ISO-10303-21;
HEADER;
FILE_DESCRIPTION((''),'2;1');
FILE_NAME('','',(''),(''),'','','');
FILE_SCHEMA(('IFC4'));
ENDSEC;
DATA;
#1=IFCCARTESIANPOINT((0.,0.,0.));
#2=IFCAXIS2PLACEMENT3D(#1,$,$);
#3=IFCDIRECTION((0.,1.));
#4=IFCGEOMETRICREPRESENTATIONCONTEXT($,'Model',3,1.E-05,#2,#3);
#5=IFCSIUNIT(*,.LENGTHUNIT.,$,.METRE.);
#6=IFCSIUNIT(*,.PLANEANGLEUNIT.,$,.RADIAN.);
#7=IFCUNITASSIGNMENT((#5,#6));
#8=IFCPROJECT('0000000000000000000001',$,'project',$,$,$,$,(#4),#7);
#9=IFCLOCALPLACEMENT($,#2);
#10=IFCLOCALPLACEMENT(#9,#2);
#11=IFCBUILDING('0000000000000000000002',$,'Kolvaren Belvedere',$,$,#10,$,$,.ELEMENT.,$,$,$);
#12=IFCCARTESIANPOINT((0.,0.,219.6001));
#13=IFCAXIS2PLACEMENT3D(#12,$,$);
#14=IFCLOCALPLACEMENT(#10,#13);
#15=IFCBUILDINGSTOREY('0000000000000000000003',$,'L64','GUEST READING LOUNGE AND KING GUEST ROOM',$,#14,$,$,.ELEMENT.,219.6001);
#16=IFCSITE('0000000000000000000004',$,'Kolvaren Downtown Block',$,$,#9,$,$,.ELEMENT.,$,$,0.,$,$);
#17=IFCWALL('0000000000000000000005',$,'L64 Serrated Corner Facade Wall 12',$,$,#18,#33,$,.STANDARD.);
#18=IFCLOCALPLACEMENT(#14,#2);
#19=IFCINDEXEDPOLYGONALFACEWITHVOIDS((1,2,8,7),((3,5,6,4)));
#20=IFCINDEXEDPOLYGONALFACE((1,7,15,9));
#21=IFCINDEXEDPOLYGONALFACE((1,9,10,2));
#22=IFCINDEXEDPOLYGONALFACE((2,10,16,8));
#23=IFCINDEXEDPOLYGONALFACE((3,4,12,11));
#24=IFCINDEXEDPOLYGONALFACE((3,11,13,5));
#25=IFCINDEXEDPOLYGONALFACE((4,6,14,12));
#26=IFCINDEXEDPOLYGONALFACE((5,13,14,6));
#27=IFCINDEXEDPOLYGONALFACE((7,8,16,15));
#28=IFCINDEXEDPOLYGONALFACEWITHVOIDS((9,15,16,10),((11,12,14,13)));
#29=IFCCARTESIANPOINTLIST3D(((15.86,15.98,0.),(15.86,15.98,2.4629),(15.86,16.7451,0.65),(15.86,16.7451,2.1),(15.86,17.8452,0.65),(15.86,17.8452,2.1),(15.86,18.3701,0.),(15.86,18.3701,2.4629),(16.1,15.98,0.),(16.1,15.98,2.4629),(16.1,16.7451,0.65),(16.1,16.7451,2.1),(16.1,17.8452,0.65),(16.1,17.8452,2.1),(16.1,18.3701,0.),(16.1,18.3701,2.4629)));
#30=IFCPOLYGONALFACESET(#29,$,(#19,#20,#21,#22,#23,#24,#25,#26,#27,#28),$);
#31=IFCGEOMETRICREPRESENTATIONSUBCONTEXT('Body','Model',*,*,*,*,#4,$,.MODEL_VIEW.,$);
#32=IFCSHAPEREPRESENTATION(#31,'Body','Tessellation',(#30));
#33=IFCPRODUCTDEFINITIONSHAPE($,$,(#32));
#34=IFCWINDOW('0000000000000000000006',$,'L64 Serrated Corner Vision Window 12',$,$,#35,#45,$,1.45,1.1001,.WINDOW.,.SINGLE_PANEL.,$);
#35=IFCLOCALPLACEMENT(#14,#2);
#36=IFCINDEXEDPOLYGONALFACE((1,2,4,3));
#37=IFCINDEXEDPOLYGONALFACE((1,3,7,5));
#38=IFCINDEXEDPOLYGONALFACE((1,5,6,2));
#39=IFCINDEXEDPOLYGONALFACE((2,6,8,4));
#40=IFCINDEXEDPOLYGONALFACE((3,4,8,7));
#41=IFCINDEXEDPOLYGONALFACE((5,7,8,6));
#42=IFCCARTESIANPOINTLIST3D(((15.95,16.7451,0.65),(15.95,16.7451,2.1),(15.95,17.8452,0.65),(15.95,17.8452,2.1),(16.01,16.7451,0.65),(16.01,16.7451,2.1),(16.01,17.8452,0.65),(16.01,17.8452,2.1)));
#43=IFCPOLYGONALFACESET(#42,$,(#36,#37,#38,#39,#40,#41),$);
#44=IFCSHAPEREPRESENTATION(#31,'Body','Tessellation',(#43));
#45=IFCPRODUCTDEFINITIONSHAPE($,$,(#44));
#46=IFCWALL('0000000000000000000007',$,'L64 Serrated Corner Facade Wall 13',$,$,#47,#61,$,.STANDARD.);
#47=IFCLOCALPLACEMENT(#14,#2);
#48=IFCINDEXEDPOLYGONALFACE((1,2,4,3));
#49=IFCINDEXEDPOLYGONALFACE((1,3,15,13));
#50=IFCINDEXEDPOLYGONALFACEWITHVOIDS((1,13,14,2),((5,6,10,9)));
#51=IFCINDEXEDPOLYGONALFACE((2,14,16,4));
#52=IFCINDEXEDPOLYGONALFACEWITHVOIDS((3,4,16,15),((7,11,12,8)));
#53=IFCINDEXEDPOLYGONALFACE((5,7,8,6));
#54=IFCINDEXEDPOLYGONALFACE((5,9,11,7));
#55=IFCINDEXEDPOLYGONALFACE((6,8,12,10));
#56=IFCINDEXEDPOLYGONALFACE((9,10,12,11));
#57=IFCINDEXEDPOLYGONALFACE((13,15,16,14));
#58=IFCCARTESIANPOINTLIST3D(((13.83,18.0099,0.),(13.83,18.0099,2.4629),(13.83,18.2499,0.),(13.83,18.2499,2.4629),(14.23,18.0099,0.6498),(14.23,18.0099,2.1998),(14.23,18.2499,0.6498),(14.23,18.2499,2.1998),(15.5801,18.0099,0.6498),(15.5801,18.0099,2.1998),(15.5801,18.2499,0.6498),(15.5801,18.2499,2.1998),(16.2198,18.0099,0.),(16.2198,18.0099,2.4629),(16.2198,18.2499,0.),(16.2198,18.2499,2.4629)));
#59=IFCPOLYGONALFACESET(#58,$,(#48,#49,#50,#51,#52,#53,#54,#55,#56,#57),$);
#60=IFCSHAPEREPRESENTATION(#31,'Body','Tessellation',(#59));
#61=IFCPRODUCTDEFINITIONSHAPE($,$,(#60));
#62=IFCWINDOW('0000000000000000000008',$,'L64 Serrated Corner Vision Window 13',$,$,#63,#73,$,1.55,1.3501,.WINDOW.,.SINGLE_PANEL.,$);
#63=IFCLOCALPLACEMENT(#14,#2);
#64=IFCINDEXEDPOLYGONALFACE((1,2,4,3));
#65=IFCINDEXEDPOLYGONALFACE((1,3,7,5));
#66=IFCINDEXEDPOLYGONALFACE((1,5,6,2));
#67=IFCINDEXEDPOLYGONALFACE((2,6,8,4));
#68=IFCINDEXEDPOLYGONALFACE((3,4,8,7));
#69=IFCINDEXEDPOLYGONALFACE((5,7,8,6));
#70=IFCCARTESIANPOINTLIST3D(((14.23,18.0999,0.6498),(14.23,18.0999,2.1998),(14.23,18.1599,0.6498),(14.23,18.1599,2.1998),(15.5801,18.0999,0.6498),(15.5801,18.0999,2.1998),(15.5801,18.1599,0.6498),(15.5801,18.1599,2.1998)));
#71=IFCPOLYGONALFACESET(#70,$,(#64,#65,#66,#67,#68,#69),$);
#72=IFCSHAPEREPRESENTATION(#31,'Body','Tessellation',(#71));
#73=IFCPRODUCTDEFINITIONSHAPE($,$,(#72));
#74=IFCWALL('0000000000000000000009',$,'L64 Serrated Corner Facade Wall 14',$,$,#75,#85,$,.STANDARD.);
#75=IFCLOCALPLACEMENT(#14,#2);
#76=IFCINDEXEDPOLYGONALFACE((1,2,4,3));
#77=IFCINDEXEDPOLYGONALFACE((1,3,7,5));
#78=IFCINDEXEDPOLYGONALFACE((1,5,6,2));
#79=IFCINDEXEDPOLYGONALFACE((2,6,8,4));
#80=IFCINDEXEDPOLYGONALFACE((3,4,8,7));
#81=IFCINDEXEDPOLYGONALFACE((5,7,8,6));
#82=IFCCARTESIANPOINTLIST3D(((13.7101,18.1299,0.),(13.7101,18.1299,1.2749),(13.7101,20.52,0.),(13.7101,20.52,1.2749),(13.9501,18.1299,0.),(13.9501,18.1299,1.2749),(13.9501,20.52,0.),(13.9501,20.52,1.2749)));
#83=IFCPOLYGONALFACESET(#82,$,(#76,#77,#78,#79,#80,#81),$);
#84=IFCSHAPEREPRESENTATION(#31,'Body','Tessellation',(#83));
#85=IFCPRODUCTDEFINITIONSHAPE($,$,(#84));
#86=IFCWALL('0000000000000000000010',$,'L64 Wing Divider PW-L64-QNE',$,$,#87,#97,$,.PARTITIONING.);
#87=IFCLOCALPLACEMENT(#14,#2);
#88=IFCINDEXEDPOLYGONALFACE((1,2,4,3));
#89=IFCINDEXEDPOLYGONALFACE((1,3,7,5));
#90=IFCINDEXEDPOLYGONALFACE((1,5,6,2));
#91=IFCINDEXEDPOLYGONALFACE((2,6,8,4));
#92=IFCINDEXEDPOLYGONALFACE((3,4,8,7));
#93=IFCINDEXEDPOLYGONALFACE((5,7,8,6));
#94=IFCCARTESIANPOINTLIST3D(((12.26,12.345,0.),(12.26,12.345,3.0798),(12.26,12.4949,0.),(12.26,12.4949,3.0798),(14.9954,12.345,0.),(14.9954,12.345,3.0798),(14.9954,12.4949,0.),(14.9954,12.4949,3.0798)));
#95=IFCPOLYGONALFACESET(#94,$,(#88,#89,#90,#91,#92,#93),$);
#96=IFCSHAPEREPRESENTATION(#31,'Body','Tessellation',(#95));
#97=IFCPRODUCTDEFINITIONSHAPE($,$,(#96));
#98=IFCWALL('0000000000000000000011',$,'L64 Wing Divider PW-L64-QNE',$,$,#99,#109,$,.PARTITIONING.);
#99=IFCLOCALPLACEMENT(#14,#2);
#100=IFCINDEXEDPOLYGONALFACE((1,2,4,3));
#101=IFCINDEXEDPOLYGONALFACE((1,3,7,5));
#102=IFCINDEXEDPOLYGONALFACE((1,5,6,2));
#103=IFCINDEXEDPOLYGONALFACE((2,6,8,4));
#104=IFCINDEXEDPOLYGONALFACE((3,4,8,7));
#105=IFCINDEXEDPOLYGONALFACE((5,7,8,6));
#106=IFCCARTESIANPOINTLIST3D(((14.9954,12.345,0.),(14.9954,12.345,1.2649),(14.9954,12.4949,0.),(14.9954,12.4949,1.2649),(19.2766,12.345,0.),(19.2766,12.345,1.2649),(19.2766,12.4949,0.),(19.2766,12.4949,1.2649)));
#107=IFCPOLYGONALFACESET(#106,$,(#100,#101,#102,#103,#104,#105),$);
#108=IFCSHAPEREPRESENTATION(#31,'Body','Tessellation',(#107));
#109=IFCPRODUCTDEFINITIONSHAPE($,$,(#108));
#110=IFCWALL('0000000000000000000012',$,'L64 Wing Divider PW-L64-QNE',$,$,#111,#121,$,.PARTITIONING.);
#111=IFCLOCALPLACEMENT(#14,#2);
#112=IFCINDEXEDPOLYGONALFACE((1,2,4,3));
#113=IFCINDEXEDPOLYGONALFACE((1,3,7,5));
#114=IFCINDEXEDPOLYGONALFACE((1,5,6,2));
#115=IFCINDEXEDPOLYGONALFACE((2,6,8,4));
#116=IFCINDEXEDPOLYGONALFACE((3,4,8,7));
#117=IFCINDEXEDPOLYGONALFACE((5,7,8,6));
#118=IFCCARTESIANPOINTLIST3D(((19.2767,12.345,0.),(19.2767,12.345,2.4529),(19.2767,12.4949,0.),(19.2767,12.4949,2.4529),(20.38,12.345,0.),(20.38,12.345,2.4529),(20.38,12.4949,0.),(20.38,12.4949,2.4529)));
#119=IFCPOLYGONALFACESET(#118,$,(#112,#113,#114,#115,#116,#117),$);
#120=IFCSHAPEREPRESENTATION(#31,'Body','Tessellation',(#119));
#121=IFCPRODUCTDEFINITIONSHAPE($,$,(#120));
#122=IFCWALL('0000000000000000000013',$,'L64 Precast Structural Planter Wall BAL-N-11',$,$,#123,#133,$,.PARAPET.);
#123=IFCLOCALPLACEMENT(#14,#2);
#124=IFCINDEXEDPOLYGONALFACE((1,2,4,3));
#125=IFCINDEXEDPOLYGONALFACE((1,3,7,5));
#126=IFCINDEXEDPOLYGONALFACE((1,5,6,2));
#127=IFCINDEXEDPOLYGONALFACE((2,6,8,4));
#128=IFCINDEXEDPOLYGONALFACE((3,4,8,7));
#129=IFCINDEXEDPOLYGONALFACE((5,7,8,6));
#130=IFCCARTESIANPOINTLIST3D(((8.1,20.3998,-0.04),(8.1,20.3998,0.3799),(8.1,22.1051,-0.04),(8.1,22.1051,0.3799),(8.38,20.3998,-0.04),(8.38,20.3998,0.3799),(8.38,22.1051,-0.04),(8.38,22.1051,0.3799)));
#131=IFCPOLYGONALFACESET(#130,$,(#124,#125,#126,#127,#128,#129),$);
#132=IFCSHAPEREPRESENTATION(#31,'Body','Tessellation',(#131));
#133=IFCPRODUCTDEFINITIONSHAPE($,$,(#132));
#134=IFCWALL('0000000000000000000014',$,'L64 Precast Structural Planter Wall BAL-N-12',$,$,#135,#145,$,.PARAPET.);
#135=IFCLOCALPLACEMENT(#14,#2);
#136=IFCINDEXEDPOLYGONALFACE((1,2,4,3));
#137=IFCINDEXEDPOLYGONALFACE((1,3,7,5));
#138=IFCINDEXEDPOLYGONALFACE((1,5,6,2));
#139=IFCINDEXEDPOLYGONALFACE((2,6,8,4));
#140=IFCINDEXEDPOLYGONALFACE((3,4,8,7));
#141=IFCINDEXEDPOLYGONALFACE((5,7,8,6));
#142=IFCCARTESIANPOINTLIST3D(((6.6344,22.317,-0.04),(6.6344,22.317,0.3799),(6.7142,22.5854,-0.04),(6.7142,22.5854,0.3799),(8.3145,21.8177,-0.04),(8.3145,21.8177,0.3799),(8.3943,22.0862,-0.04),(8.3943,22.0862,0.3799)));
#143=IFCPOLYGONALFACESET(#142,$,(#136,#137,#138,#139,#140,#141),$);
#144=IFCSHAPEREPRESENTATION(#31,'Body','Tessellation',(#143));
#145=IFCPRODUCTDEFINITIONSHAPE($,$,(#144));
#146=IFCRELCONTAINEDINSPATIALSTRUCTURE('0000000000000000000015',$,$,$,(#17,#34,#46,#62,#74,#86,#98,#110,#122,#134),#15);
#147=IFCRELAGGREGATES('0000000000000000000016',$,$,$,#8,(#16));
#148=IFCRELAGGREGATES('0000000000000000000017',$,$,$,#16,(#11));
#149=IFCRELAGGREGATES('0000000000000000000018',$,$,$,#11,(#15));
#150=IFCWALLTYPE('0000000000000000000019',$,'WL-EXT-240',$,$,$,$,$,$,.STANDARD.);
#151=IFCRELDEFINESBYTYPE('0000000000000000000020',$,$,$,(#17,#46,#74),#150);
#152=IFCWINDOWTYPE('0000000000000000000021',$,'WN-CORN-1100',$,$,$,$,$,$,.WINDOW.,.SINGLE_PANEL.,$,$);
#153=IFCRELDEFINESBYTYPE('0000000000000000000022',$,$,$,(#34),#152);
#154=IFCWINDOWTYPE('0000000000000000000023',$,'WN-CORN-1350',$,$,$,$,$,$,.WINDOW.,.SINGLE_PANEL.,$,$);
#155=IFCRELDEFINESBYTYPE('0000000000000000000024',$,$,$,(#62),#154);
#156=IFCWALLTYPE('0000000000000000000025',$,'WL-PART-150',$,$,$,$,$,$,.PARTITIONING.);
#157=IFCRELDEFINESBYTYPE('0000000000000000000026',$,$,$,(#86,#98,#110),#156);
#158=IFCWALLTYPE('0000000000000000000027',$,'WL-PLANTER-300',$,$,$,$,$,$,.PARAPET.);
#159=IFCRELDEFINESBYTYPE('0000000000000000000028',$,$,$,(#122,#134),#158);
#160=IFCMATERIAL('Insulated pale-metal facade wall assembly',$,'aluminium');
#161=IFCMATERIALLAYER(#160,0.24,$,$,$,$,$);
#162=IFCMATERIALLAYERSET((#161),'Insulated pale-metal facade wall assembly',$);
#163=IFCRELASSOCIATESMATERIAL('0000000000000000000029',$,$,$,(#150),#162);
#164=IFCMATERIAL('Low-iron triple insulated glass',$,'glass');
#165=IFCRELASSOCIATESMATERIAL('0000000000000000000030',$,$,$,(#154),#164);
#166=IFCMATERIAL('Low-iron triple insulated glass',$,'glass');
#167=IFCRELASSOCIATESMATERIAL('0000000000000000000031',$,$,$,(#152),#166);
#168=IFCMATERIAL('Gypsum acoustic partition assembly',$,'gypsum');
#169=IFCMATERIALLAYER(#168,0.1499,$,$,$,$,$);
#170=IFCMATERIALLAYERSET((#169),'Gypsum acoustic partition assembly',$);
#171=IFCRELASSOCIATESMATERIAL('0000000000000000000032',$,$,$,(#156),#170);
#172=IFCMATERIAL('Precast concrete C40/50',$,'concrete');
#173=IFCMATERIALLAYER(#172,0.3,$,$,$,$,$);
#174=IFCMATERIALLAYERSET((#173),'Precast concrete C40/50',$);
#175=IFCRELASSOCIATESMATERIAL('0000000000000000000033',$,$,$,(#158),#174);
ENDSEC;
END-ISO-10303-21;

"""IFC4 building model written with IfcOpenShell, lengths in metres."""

from ifc_helpers import new_model, si_unit, direction, frame, frame_2d, origin, place, context, subcontext, project, spatial, rectangle, extrude, material, layer, layer_set, type_object, element, fill, save


model = new_model("IFC4")

# Units and contexts
model_context = context("Model", 3, precision=1e-05, world=origin(), true_north=direction((0.0, 1.0)))
body_context = subcontext(model_context, "Body", "Model", "MODEL_VIEW")
ifc_project = project(units=[si_unit("LENGTHUNIT", "METRE"), si_unit("PLANEANGLEUNIT", "RADIAN")], contexts=[model_context])

# Site, building, storey
site_placement = place(None, origin())
site = spatial("IfcSite", under=ifc_project, at=site_placement, Name="Kolvaren Downtown Block", CompositionType="ELEMENT", RefElevation=0.0)
building_placement = place(site_placement, origin())
building = spatial("IfcBuilding", under=site, at=building_placement, Name="Kolvaren Belvedere", CompositionType="ELEMENT")
storey_placement = place(building_placement, frame((0.0, 0.0, 219.6001)))
storey = spatial("IfcBuildingStorey", under=building, at=storey_placement, Name="L64", Description="GUEST READING LOUNGE AND KING GUEST ROOM", CompositionType="ELEMENT", Elevation=219.6001)

# Shared definitions
ifc_material_1 = material(Name="Insulated pale-metal facade wall assembly", Category="aluminium")
ifc_layer_1 = layer(ifc_material_1, 0.24)
ifc_layer_set_1 = layer_set([ifc_layer_1], Name="Insulated pale-metal facade wall assembly")
wall_type_1 = type_object("IfcWallType", Name="WL-EXT-240", PredefinedType="STANDARD", material=ifc_layer_set_1)

# Walls, openings, windows
ifc_material_2 = material(Name="Low-iron triple insulated glass", Category="glass")
window_type_1 = type_object("IfcWindowType", Name="WN-CORN-1350", PartitioningType="SINGLE_PANEL", PredefinedType="WINDOW", material=ifc_material_2)
ifc_material_3 = material(Name="Low-iron triple insulated glass", Category="glass")
window_type_2 = type_object("IfcWindowType", Name="WN-CORN-1100", PartitioningType="SINGLE_PANEL", PredefinedType="WINDOW", material=ifc_material_3)
wall_1_placement = place(storey_placement, frame((15.98, 18.3701, 0.0), z_axis=(0.0, 0.0, 1.0), x_axis=(0.0, -1.0, 0.0)))
wall_1 = element("IfcWall", 1, at=wall_1_placement, inside=storey, type_object=wall_type_1, Name="L64 Serrated Corner Facade Wall 12", PredefinedType="STANDARD", context=body_context, shape_type="SweptSolid", body=[
    extrude(rectangle(XDim=2.3901, YDim=0.24, at=frame_2d((1.1951, 0.0))), origin(), (0.0, 0.0, 1.0), 2.4629),
])
opening_1_placement = place(wall_1_placement, frame((0.5249, 0.0, 0.6499)))
opening_1 = element("IfcOpeningElement", 2, at=opening_1_placement, cuts=wall_1, PredefinedType="OPENING", context=body_context, shape_type="SweptSolid", body=[
    extrude(rectangle(XDim=1.1001, YDim=1.45, at=frame_2d((0.55, 0.7251))), frame((0.0, 0.1299, 0.0), z_axis=(0.0, -1.0, 0.0), x_axis=(1.0, 0.0, 0.0)), (0.0, 0.0, 1.0), 0.26),
])
window_1_placement = place(opening_1_placement, origin())
window_1 = element("IfcWindow", 3, at=window_1_placement, inside=storey, type_object=window_type_2, Name="L64 Serrated Corner Vision Window 12", OverallHeight=1.45, OverallWidth=1.1001, PartitioningType="SINGLE_PANEL", PredefinedType="WINDOW", context=body_context, shape_type="SweptSolid", body=[
    extrude(rectangle(XDim=1.1001, YDim=1.45, at=frame_2d((0.55, 0.7251))), frame((0.0, 0.03, 0.0), z_axis=(0.0, -1.0, 0.0), x_axis=(1.0, 0.0, 0.0)), (0.0, 0.0, 1.0), 0.0601),
])
fill(opening_1, window_1)
wall_2_placement = place(storey_placement, frame((13.8301, 18.1299, 0.0), z_axis=(0.0, 0.0, 1.0), x_axis=(1.0, 0.0, 0.0)))
wall_2 = element("IfcWall", 4, at=wall_2_placement, inside=storey, type_object=wall_type_1, Name="L64 Serrated Corner Facade Wall 13", PredefinedType="STANDARD", context=body_context, shape_type="SweptSolid", body=[
    extrude(rectangle(XDim=2.3899, YDim=0.24, at=frame_2d((1.1948, 0.0))), origin(), (0.0, 0.0, 1.0), 2.4629),
])
opening_2_placement = place(wall_2_placement, frame((0.3999, 0.0, 0.6499)))
opening_2 = element("IfcOpeningElement", 5, at=opening_2_placement, cuts=wall_2, PredefinedType="OPENING", context=body_context, shape_type="SweptSolid", body=[
    extrude(rectangle(XDim=1.3501, YDim=1.55, at=frame_2d((0.675, 0.7749))), frame((0.0, 0.1299, 0.0), z_axis=(0.0, -1.0, 0.0), x_axis=(1.0, 0.0, 0.0)), (0.0, 0.0, 1.0), 0.26),
])
window_2_placement = place(opening_2_placement, origin())
window_2 = element("IfcWindow", 6, at=window_2_placement, inside=storey, type_object=window_type_1, Name="L64 Serrated Corner Vision Window 13", OverallHeight=1.55, OverallWidth=1.3501, PartitioningType="SINGLE_PANEL", PredefinedType="WINDOW", context=body_context, shape_type="SweptSolid", body=[
    extrude(rectangle(XDim=1.3501, YDim=1.55, at=frame_2d((0.675, 0.7749))), frame((0.0, 0.03, 0.0), z_axis=(0.0, -1.0, 0.0), x_axis=(1.0, 0.0, 0.0)), (0.0, 0.0, 1.0), 0.0601),
])
fill(opening_2, window_2)

# Walls
wall_3_placement = place(storey_placement, frame((13.8301, 20.52, 0.0), z_axis=(0.0, 0.0, 1.0), x_axis=(0.0, -1.0, 0.0)))
element("IfcWall", 7, at=wall_3_placement, inside=storey, type_object=wall_type_1, Name="L64 Serrated Corner Facade Wall 14", PredefinedType="STANDARD", context=body_context, shape_type="SweptSolid", body=[
    extrude(rectangle(XDim=2.3901, YDim=0.24, at=frame_2d((1.1951, 0.0))), origin(), (0.0, 0.0, 1.0), 1.2749),
])
ifc_material_4 = material(Name="Gypsum acoustic partition assembly", Category="gypsum")
ifc_layer_2 = layer(ifc_material_4, 0.1499)
ifc_layer_set_2 = layer_set([ifc_layer_2], Name="Gypsum acoustic partition assembly")
wall_type_2 = type_object("IfcWallType", Name="WL-PART-150", PredefinedType="PARTITIONING", material=ifc_layer_set_2)
wall_4_placement = place(storey_placement, frame((12.26, 12.4199, 0.0), z_axis=(0.0, 0.0, 1.0), x_axis=(1.0, 0.0, 0.0)))
element("IfcWall", 8, at=wall_4_placement, inside=storey, type_object=wall_type_2, Name="L64 Wing Divider PW-L64-QNE", PredefinedType="PARTITIONING", context=body_context, shape_type="SweptSolid", body=[
    extrude(rectangle(XDim=2.7354, YDim=0.1499, at=frame_2d((1.3677, 0.0))), origin(), (0.0, 0.0, 1.0), 3.0798),
])
wall_5_placement = place(storey_placement, frame((14.9954, 12.4199, 0.0), z_axis=(0.0, 0.0, 1.0), x_axis=(1.0, 0.0, 0.0)))
element("IfcWall", 9, at=wall_5_placement, inside=storey, type_object=wall_type_2, Name="L64 Wing Divider PW-L64-QNE", PredefinedType="PARTITIONING", context=body_context, shape_type="SweptSolid", body=[
    extrude(rectangle(XDim=4.2812, YDim=0.1499, at=frame_2d((2.1406, 0.0))), origin(), (0.0, 0.0, 1.0), 1.2649),
])
wall_6_placement = place(storey_placement, frame((19.2766, 12.4199, 0.0), z_axis=(0.0, 0.0, 1.0), x_axis=(1.0, 0.0, 0.0)))
element("IfcWall", 10, at=wall_6_placement, inside=storey, type_object=wall_type_2, Name="L64 Wing Divider PW-L64-QNE", PredefinedType="PARTITIONING", context=body_context, shape_type="SweptSolid", body=[
    extrude(rectangle(XDim=1.1033, YDim=0.1499, at=frame_2d((0.5518, 0.0))), origin(), (0.0, 0.0, 1.0), 2.4529),
])
ifc_material_5 = material(Name="Precast concrete C40/50", Category="concrete")
ifc_layer_3 = layer(ifc_material_5, 0.3)
ifc_layer_set_3 = layer_set([ifc_layer_3], Name="Precast concrete C40/50")
wall_type_3 = type_object("IfcWallType", Name="WL-PLANTER-300", PredefinedType="PARAPET", material=ifc_layer_set_3)
wall_7_placement = place(storey_placement, frame((8.24, 20.3999, -0.04), z_axis=(0.0, 0.0, 1.0), x_axis=(0.0, 1.0, 0.0)))
element("IfcWall", 11, at=wall_7_placement, inside=storey, type_object=wall_type_3, Name="L64 Precast Structural Planter Wall BAL-N-11", PredefinedType="PARAPET", context=body_context, shape_type="SweptSolid", body=[
    extrude(rectangle(XDim=1.7053, YDim=0.28, at=frame_2d((0.8525, 0.0))), origin(), (0.0, 0.0, 1.0), 0.4199),
])
wall_8_placement = place(storey_placement, frame((8.3545, 21.9519, -0.04), z_axis=(0.0, 0.0, 1.0), x_axis=(-0.958574, 0.284842, 0.0)))
element("IfcWall", 12, at=wall_8_placement, inside=storey, type_object=wall_type_3, Name="L64 Precast Structural Planter Wall BAL-N-12", PredefinedType="PARAPET", context=body_context, shape_type="SweptSolid", body=[
    extrude(rectangle(XDim=1.7527, YDim=0.28, at=frame_2d((0.8765, 0.0))), origin(), (0.0, 0.0, 1.0), 0.4199),
])

save(model, "model.ifc")
